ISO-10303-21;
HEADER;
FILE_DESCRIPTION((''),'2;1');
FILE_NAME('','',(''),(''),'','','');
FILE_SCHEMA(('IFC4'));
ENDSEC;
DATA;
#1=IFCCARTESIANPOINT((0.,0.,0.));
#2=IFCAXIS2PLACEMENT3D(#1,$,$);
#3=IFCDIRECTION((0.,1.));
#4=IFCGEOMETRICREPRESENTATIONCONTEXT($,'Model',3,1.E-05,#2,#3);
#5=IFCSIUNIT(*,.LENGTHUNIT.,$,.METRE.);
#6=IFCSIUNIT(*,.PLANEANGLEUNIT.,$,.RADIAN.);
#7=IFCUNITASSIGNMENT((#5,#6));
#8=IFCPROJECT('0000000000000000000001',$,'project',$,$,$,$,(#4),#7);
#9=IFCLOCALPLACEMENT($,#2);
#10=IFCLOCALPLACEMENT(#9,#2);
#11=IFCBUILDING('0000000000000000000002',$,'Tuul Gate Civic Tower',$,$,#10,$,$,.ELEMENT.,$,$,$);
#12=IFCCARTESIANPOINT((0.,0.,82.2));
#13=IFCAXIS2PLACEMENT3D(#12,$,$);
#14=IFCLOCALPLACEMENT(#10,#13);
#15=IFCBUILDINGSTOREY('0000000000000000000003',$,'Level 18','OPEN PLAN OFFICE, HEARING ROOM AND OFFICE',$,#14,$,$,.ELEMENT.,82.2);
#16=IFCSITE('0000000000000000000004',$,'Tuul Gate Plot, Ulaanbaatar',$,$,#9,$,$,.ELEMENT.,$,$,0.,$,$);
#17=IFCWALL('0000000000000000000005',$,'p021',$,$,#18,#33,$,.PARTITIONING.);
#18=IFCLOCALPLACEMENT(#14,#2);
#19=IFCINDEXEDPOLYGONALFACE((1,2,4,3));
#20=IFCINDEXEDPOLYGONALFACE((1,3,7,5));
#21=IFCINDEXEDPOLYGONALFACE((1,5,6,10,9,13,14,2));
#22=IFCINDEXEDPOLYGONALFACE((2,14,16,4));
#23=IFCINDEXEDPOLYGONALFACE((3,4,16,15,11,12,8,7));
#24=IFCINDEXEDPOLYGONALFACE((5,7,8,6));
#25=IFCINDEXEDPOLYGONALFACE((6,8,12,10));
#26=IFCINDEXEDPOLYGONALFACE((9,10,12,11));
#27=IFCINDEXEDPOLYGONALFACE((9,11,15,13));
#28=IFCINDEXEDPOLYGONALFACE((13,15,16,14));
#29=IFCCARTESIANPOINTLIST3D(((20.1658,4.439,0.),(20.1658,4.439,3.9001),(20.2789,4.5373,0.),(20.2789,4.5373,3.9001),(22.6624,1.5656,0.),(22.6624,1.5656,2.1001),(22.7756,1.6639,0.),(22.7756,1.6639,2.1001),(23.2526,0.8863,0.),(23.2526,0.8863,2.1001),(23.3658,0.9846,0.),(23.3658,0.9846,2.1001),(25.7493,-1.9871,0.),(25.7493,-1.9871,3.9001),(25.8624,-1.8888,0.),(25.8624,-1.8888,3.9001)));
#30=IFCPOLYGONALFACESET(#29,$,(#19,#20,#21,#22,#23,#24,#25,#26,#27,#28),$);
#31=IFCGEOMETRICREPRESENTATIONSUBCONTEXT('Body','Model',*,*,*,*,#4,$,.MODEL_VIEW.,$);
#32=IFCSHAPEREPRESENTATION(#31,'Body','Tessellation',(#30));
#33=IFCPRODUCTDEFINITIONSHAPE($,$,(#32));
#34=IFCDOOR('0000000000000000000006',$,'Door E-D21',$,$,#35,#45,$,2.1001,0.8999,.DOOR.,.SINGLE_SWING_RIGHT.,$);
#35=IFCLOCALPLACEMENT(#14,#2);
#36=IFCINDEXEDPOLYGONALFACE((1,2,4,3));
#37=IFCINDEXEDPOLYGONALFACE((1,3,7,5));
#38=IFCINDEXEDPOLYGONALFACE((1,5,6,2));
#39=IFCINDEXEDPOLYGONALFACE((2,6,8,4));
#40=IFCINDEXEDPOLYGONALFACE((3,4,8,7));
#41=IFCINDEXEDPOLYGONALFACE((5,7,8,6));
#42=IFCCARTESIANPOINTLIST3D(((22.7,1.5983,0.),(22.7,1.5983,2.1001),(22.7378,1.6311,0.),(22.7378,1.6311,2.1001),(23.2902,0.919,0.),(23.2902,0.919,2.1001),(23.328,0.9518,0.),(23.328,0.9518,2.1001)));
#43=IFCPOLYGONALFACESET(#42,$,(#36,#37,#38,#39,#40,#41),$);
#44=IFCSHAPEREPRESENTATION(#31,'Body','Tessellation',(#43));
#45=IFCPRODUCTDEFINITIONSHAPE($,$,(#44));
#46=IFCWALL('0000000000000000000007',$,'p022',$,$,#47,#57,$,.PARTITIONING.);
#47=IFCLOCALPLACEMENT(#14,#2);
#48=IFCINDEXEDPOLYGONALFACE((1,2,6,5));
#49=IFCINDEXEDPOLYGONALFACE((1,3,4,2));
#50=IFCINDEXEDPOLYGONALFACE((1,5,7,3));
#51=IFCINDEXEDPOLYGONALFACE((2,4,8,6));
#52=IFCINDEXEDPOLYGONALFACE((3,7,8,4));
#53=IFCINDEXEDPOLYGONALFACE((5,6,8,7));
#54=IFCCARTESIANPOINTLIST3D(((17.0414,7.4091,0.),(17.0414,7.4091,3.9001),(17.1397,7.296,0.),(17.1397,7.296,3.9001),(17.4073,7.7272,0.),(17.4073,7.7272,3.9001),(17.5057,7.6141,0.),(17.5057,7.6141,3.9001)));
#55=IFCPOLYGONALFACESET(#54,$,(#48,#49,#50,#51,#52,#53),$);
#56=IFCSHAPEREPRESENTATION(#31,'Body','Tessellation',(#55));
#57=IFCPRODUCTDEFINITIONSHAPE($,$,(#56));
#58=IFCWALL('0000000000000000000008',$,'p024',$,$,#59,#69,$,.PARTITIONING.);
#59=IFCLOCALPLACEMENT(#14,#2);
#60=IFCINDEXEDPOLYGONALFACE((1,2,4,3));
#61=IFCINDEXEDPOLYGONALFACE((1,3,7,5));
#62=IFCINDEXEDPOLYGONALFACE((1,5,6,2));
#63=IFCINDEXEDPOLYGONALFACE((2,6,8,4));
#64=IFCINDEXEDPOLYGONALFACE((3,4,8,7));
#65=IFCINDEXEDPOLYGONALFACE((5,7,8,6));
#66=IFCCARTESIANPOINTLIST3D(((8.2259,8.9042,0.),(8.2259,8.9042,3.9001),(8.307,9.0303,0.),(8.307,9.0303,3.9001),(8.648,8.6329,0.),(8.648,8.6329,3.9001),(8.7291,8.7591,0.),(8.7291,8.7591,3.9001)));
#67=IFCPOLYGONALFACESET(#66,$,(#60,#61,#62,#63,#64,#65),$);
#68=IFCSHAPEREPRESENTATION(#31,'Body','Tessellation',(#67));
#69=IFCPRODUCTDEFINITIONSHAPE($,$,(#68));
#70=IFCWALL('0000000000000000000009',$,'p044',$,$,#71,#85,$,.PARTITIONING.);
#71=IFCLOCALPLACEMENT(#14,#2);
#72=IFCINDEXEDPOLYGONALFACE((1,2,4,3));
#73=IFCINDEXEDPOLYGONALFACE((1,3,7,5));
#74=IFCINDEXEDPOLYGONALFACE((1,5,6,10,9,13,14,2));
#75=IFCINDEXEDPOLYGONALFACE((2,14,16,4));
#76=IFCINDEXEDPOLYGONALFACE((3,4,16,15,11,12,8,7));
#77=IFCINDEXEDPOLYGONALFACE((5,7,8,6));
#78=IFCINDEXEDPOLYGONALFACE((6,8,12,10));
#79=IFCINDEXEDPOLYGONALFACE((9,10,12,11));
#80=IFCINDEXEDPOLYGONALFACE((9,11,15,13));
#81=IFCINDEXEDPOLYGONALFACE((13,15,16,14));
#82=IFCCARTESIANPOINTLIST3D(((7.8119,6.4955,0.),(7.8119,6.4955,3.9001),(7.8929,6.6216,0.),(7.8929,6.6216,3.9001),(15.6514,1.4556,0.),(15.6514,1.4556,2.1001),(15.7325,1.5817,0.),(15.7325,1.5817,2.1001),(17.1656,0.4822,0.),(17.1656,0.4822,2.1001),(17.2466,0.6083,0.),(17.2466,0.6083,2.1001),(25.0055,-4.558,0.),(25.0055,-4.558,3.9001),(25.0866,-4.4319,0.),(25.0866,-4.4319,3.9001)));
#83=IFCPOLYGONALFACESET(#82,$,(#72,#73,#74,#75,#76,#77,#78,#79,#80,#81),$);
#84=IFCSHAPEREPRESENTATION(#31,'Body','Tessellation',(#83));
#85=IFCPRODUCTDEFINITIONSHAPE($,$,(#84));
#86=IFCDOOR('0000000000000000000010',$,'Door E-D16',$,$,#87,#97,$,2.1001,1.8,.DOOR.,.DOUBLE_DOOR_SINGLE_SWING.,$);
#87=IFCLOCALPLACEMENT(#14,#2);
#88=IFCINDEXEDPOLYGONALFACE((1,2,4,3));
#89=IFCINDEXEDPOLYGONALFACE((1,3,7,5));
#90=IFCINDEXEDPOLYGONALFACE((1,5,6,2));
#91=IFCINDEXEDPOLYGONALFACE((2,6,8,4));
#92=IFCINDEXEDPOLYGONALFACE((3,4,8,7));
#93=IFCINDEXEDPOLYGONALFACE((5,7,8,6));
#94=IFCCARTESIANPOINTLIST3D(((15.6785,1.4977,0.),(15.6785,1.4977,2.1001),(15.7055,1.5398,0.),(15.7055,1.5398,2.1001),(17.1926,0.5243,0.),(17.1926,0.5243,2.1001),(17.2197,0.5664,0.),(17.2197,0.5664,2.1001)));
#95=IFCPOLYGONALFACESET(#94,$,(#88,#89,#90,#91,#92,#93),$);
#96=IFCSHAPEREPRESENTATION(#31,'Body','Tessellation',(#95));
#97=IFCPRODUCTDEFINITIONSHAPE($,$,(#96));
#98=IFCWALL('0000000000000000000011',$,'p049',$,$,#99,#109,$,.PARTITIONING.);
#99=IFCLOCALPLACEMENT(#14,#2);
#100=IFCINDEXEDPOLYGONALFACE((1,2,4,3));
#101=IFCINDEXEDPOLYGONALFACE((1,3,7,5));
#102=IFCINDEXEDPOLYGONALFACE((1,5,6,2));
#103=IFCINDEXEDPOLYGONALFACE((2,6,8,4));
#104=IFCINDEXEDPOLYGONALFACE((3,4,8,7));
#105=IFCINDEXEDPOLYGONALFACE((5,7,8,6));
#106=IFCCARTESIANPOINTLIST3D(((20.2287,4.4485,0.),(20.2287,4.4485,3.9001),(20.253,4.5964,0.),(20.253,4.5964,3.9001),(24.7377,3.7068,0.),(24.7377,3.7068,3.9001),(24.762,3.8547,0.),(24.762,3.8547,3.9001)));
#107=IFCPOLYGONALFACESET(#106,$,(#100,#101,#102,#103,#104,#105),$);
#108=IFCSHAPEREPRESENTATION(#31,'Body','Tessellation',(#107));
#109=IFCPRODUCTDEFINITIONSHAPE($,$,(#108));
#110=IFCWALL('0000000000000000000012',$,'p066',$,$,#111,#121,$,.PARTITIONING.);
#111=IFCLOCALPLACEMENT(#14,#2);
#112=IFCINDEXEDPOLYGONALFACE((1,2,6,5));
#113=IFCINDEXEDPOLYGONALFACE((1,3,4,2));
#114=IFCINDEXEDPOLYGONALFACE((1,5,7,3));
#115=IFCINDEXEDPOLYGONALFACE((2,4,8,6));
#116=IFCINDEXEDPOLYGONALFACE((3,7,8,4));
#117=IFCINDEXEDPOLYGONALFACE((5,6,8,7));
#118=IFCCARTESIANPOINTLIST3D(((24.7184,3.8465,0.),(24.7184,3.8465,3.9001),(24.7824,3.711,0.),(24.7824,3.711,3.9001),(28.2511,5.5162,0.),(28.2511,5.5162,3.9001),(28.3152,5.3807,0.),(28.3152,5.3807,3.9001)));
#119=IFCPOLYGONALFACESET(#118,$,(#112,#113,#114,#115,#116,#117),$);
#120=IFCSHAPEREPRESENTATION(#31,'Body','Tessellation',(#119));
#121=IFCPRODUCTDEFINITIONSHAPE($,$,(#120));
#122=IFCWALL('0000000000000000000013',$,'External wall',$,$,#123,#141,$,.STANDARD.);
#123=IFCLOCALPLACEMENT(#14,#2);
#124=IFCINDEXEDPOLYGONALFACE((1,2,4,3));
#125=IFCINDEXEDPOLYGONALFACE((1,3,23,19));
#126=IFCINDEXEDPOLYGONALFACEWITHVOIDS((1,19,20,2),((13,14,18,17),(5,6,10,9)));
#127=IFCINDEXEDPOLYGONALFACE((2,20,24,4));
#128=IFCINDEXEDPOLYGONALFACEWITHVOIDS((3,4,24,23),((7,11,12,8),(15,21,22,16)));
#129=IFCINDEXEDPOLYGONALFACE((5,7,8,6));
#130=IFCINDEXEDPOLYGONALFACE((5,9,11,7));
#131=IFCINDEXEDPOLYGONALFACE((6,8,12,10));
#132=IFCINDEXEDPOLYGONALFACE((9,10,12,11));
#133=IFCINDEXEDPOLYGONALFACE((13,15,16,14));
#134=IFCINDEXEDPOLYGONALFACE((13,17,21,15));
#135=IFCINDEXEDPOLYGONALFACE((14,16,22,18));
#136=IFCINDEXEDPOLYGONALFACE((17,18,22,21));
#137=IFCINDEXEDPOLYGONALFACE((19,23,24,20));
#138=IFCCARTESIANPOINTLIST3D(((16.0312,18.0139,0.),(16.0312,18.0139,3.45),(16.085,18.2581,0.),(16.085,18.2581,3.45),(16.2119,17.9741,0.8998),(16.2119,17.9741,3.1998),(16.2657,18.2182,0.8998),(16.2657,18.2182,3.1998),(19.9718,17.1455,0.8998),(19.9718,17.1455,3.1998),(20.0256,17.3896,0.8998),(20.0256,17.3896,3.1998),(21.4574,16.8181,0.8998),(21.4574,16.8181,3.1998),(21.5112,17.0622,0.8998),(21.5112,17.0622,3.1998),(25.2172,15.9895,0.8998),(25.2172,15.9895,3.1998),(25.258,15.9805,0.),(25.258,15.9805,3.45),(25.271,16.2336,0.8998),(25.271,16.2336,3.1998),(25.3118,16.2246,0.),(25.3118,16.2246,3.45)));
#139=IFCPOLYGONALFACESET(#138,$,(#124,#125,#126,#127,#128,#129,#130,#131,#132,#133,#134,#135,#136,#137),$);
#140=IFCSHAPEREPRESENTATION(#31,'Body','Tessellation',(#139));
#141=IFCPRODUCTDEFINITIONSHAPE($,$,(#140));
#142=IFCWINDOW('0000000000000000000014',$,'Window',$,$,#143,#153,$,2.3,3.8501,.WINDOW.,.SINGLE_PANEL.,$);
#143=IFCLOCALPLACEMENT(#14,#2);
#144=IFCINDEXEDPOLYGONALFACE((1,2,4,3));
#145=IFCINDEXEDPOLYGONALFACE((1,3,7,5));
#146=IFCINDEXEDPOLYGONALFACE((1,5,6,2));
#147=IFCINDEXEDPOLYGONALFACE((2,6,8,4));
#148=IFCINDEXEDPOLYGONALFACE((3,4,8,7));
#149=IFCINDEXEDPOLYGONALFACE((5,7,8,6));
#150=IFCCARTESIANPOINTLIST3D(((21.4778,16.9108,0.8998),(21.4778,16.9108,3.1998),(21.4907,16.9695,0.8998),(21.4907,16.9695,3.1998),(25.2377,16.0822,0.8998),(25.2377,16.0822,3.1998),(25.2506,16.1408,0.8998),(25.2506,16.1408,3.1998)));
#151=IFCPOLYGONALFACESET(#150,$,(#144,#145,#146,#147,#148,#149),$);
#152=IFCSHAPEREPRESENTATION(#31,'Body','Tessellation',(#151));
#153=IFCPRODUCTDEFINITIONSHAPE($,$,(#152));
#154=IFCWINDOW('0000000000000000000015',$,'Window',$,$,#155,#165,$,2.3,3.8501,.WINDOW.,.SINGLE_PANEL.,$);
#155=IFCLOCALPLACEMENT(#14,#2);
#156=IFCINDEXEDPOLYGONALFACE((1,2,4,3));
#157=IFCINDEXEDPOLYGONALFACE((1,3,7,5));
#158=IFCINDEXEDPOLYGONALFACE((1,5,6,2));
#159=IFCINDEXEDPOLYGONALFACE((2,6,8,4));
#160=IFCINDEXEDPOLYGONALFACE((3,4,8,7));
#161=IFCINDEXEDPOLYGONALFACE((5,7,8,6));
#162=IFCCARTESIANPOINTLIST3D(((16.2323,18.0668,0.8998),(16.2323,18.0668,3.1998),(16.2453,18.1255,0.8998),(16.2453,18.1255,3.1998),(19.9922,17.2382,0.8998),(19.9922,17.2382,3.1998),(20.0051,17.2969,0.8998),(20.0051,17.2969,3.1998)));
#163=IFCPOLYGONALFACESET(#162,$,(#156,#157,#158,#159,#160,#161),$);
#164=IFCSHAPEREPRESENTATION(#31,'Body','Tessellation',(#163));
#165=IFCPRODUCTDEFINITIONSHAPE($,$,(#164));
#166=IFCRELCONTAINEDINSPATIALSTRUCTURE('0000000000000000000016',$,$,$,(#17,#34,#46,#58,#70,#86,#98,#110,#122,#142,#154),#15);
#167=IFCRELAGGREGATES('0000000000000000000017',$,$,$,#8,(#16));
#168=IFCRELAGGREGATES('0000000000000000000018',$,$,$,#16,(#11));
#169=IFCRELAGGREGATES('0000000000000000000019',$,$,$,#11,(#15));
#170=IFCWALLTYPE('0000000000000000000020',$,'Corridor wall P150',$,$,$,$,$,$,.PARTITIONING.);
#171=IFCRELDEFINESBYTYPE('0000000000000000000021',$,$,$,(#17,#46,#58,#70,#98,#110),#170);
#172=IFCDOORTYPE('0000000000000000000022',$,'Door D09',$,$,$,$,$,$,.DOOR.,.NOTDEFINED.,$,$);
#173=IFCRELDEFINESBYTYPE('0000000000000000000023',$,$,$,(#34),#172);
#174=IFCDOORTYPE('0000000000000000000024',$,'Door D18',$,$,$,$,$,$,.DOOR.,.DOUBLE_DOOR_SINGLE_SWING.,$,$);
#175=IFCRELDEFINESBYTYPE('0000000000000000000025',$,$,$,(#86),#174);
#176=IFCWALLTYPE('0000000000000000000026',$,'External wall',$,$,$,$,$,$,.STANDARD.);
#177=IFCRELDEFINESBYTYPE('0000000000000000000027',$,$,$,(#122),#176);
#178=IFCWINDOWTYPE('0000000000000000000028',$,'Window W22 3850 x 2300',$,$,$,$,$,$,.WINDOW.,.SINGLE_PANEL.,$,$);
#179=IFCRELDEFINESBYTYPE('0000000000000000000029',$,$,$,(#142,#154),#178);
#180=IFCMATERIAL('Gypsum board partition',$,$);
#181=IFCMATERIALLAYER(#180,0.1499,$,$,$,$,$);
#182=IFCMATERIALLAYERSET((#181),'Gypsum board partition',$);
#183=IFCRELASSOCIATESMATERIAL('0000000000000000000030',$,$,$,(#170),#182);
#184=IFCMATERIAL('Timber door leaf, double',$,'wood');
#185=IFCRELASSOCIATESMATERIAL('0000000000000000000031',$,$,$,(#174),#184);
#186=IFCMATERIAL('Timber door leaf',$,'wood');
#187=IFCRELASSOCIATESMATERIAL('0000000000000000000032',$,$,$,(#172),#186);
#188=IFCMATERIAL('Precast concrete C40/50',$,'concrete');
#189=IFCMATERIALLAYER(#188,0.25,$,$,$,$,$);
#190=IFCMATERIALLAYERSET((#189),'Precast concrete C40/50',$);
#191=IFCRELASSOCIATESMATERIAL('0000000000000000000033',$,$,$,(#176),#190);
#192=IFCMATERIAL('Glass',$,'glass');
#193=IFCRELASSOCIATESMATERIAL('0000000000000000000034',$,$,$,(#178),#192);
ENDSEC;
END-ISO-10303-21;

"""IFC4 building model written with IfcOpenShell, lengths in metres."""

from ifc_helpers import new_model, si_unit, direction, frame, frame_2d, origin, place, context, subcontext, project, spatial, rectangle, extrude, material, layer, layer_set, type_object, element, fill, save


model = new_model("IFC4")

# Units and contexts
model_context = context("Model", 3, precision=1e-05, world=origin(), true_north=direction((0.0, 1.0)))
body_context = subcontext(model_context, "Body", "Model", "MODEL_VIEW")
ifc_project = project(units=[si_unit("LENGTHUNIT", "METRE"), si_unit("PLANEANGLEUNIT", "RADIAN")], contexts=[model_context])

# Site, building, storey
site_placement = place(None, origin())
site = spatial("IfcSite", under=ifc_project, at=site_placement, Name="Tuul Gate Plot, Ulaanbaatar", CompositionType="ELEMENT", RefElevation=0.0)
building_placement = place(site_placement, origin())
building = spatial("IfcBuilding", under=site, at=building_placement, Name="Tuul Gate Civic Tower", CompositionType="ELEMENT")
storey_placement = place(building_placement, frame((0.0, 0.0, 82.2)))
storey = spatial("IfcBuildingStorey", under=building, at=storey_placement, Name="Level 18", Description="OPEN PLAN OFFICE, HEARING ROOM AND OFFICE", CompositionType="ELEMENT", Elevation=82.2)

# Shared definitions
ifc_material_1 = material(Name="Gypsum board partition")
ifc_layer_1 = layer(ifc_material_1, 0.1499)
ifc_layer_set_1 = layer_set([ifc_layer_1], Name="Gypsum board partition")
wall_type_1 = type_object("IfcWallType", Name="Corridor wall P150", PredefinedType="PARTITIONING", material=ifc_layer_set_1)

# Shared definitions
ifc_material_2 = material(Name="Timber door leaf, double", Category="wood")
door_type_1 = type_object("IfcDoorType", Name="Door D18", OperationType="DOUBLE_DOOR_SINGLE_SWING", PredefinedType="DOOR", material=ifc_material_2)

# Wall, opening, door
wall_1_placement = place(storey_placement, frame((20.2224, 4.488, 0.0), z_axis=(0.0, 0.0, 1.0), x_axis=(0.655888, -0.754859, 0.0)))
wall_1 = element("IfcWall", 1, at=wall_1_placement, inside=storey, type_object=wall_type_1, Name="p021", PredefinedType="PARTITIONING", context=body_context, shape_type="SweptSolid", body=[
    extrude(rectangle(XDim=8.5129, YDim=0.1499, at=frame_2d((4.2563, 0.0))), origin(), (0.0, 0.0, 1.0), 3.9001),
])
opening_1_placement = place(wall_1_placement, frame((3.8064, 0.0, 0.0)))
opening_1 = element("IfcOpeningElement", 2, at=opening_1_placement, cuts=wall_1, PredefinedType="OPENING", context=body_context, shape_type="SweptSolid", body=[
    extrude(rectangle(XDim=0.8999, YDim=2.1001, at=frame_2d((0.45, 1.05))), frame((0.0, 0.085, 0.0), z_axis=(0.0, -1.0, 0.0), x_axis=(1.0, 0.0, 0.0)), (0.0, 0.0, 1.0), 0.1699),
])
ifc_material_3 = material(Name="Timber door leaf", Category="wood")
door_type_2 = type_object("IfcDoorType", Name="Door D09", OperationType="NOTDEFINED", PredefinedType="DOOR", material=ifc_material_3)
door_1_placement = place(opening_1_placement, origin())
door_1 = element("IfcDoor", 3, at=door_1_placement, inside=storey, type_object=door_type_2, Name="Door E-D21", OperationType="SINGLE_SWING_RIGHT", OverallHeight=2.1001, OverallWidth=0.8999, PredefinedType="DOOR", context=body_context, shape_type="SweptSolid", body=[
    extrude(rectangle(XDim=0.8999, YDim=2.1001, at=frame_2d((0.45, 1.05))), frame((0.0, 0.0249, 0.0), z_axis=(0.0, -1.0, 0.0), x_axis=(1.0, 0.0, 0.0)), (0.0, 0.0, 1.0), 0.05),
])
fill(opening_1, door_1)

# Walls
wall_2_placement = place(storey_placement, frame((17.0906, 7.3525, 0.0), z_axis=(0.0, 0.0, 1.0), x_axis=(0.754725, 0.656042, 0.0)))
element("IfcWall", 4, at=wall_2_placement, inside=storey, type_object=wall_type_1, Name="p022", PredefinedType="PARTITIONING", context=body_context, shape_type="SweptSolid", body=[
    extrude(rectangle(XDim=0.4849, YDim=0.1499, at=frame_2d((0.2424, 0.0))), origin(), (0.0, 0.0, 1.0), 3.9001),
])
wall_3_placement = place(storey_placement, frame((8.2664, 8.9673, 0.0), z_axis=(0.0, 0.0, 1.0), x_axis=(0.841289, -0.540585, 0.0)))
element("IfcWall", 5, at=wall_3_placement, inside=storey, type_object=wall_type_1, Name="p024", PredefinedType="PARTITIONING", context=body_context, shape_type="SweptSolid", body=[
    extrude(rectangle(XDim=0.5017, YDim=0.1499, at=frame_2d((0.251, 0.0))), origin(), (0.0, 0.0, 1.0), 3.9001),
])

# Wall, opening, door
wall_4_placement = place(storey_placement, frame((7.8523, 6.5586, 0.0), z_axis=(0.0, 0.0, 1.0), x_axis=(0.841169, -0.540773, 0.0)))
wall_4 = element("IfcWall", 6, at=wall_4_placement, inside=storey, type_object=wall_type_1, Name="p044", PredefinedType="PARTITIONING", context=body_context, shape_type="SweptSolid", body=[
    extrude(rectangle(XDim=20.4402, YDim=0.1499, at=frame_2d((10.2202, 0.0))), origin(), (0.0, 0.0, 1.0), 3.9001),
])
opening_2_placement = place(wall_4_placement, frame((9.3201, 0.0, 0.0)))
opening_2 = element("IfcOpeningElement", 7, at=opening_2_placement, cuts=wall_4, PredefinedType="OPENING", context=body_context, shape_type="SweptSolid", body=[
    extrude(rectangle(XDim=1.8, YDim=2.1001, at=frame_2d((0.8999, 1.05))), frame((0.0, 0.085, 0.0), z_axis=(0.0, -1.0, 0.0), x_axis=(1.0, 0.0, 0.0)), (0.0, 0.0, 1.0), 0.1699),
])
door_2_placement = place(opening_2_placement, frame((1.8, 0.0, 0.0), z_axis=(0.0, 0.0, 1.0), x_axis=(-1.0, 0.0, 0.0)))
door_2 = element("IfcDoor", 8, at=door_2_placement, inside=storey, type_object=door_type_1, Name="Door E-D16", OperationType="DOUBLE_DOOR_SINGLE_SWING", OverallHeight=2.1001, OverallWidth=1.8, PredefinedType="DOOR", context=body_context, shape_type="SweptSolid", body=[
    extrude(rectangle(XDim=1.8, YDim=2.1001, at=frame_2d((0.9001, 1.05))), frame((0.0, 0.0249, 0.0), z_axis=(0.0, -1.0, 0.0), x_axis=(1.0, 0.0, 0.0)), (0.0, 0.0, 1.0), 0.05),
])
fill(opening_2, door_2)

# Walls
wall_5_placement = place(storey_placement, frame((20.241, 4.5225, 0.0), z_axis=(0.0, 0.0, 1.0), x_axis=(0.98674, -0.162311, 0.0)))
element("IfcWall", 9, at=wall_5_placement, inside=storey, type_object=wall_type_1, Name="p049", PredefinedType="PARTITIONING", context=body_context, shape_type="SweptSolid", body=[
    extrude(rectangle(XDim=4.5696, YDim=0.1499, at=frame_2d((2.2847, 0.0))), origin(), (0.0, 0.0, 1.0), 3.9001),
])
wall_6_placement = place(storey_placement, frame((24.7505, 3.7788, 0.0), z_axis=(0.0, 0.0, 1.0), x_axis=(0.904105, 0.42731, 0.0)))
element("IfcWall", 10, at=wall_6_placement, inside=storey, type_object=wall_type_1, Name="p066", PredefinedType="PARTITIONING", context=body_context, shape_type="SweptSolid", body=[
    extrude(rectangle(XDim=3.9075, YDim=0.1499, at=frame_2d((1.9536, 0.0))), origin(), (0.0, 0.0, 1.0), 3.9001),
])

# Wall, openings, windows
ifc_material_4 = material(Name="Precast concrete C40/50", Category="concrete")
ifc_layer_2 = layer(ifc_material_4, 0.25)
ifc_layer_set_2 = layer_set([ifc_layer_2], Name="Precast concrete C40/50")
wall_type_2 = type_object("IfcWallType", Name="External wall", PredefinedType="STANDARD", material=ifc_layer_set_2)
wall_7_placement = place(storey_placement, frame((25.2849, 16.1025, 0.0), z_axis=(0.0, 0.0, 1.0), x_axis=(-0.976566, 0.21522, 0.0)))
wall_7 = element("IfcWall", 11, at=wall_7_placement, inside=storey, type_object=wall_type_2, Name="External wall", PredefinedType="STANDARD", context=body_context, shape_type="SweptSolid", body=[
    extrude(rectangle(XDim=9.4482, YDim=0.25, at=frame_2d((4.7241, 0.0))), origin(), (0.0, 0.0, 1.0), 3.45),
])
opening_3_placement = place(wall_7_placement, frame((0.0417, 0.0, 0.8999)))
opening_3 = element("IfcOpeningElement", 12, at=opening_3_placement, cuts=wall_7, PredefinedType="OPENING", context=body_context, shape_type="SweptSolid", body=[
    extrude(rectangle(XDim=3.8501, YDim=2.3, at=frame_2d((1.925, 1.1499))), frame((0.0, 0.135, 0.0), z_axis=(0.0, -1.0, 0.0), x_axis=(1.0, 0.0, 0.0)), (0.0, 0.0, 1.0), 0.27),
])
opening_4_placement = place(wall_7_placement, frame((5.4131, 0.0, 0.8999)))
opening_4 = element("IfcOpeningElement", 13, at=opening_4_placement, cuts=wall_7, PredefinedType="OPENING", context=body_context, shape_type="SweptSolid", body=[
    extrude(rectangle(XDim=3.8501, YDim=2.3, at=frame_2d((1.925, 1.1499))), frame((0.0, 0.135, 0.0), z_axis=(0.0, -1.0, 0.0), x_axis=(1.0, 0.0, 0.0)), (0.0, 0.0, 1.0), 0.27),
])
ifc_material_5 = material(Name="Glass", Category="glass")
window_type = type_object("IfcWindowType", Name="Window W22 3850 x 2300", PartitioningType="SINGLE_PANEL", PredefinedType="WINDOW", material=ifc_material_5)
window_1_placement = place(opening_3_placement, origin())
window_1 = element("IfcWindow", 14, at=window_1_placement, inside=storey, type_object=window_type, Name="Window", OverallHeight=2.3, OverallWidth=3.8501, PartitioningType="SINGLE_PANEL", PredefinedType="WINDOW", context=body_context, shape_type="SweptSolid", body=[
    extrude(rectangle(XDim=3.8501, YDim=2.3, at=frame_2d((1.925, 1.1499))), frame((0.0, 0.03, 0.0), z_axis=(0.0, -1.0, 0.0), x_axis=(1.0, 0.0, 0.0)), (0.0, 0.0, 1.0), 0.0601),
])
fill(opening_3, window_1)
window_2_placement = place(opening_4_placement, origin())
window_2 = element("IfcWindow", 15, at=window_2_placement, inside=storey, type_object=window_type, Name="Window", OverallHeight=2.3, OverallWidth=3.8501, PartitioningType="SINGLE_PANEL", PredefinedType="WINDOW", context=body_context, shape_type="SweptSolid", body=[
    extrude(rectangle(XDim=3.8501, YDim=2.3, at=frame_2d((1.925, 1.1499))), frame((0.0, 0.03, 0.0), z_axis=(0.0, -1.0, 0.0), x_axis=(1.0, 0.0, 0.0)), (0.0, 0.0, 1.0), 0.0601),
])
fill(opening_4, window_2)

save(model, "model.ifc")
